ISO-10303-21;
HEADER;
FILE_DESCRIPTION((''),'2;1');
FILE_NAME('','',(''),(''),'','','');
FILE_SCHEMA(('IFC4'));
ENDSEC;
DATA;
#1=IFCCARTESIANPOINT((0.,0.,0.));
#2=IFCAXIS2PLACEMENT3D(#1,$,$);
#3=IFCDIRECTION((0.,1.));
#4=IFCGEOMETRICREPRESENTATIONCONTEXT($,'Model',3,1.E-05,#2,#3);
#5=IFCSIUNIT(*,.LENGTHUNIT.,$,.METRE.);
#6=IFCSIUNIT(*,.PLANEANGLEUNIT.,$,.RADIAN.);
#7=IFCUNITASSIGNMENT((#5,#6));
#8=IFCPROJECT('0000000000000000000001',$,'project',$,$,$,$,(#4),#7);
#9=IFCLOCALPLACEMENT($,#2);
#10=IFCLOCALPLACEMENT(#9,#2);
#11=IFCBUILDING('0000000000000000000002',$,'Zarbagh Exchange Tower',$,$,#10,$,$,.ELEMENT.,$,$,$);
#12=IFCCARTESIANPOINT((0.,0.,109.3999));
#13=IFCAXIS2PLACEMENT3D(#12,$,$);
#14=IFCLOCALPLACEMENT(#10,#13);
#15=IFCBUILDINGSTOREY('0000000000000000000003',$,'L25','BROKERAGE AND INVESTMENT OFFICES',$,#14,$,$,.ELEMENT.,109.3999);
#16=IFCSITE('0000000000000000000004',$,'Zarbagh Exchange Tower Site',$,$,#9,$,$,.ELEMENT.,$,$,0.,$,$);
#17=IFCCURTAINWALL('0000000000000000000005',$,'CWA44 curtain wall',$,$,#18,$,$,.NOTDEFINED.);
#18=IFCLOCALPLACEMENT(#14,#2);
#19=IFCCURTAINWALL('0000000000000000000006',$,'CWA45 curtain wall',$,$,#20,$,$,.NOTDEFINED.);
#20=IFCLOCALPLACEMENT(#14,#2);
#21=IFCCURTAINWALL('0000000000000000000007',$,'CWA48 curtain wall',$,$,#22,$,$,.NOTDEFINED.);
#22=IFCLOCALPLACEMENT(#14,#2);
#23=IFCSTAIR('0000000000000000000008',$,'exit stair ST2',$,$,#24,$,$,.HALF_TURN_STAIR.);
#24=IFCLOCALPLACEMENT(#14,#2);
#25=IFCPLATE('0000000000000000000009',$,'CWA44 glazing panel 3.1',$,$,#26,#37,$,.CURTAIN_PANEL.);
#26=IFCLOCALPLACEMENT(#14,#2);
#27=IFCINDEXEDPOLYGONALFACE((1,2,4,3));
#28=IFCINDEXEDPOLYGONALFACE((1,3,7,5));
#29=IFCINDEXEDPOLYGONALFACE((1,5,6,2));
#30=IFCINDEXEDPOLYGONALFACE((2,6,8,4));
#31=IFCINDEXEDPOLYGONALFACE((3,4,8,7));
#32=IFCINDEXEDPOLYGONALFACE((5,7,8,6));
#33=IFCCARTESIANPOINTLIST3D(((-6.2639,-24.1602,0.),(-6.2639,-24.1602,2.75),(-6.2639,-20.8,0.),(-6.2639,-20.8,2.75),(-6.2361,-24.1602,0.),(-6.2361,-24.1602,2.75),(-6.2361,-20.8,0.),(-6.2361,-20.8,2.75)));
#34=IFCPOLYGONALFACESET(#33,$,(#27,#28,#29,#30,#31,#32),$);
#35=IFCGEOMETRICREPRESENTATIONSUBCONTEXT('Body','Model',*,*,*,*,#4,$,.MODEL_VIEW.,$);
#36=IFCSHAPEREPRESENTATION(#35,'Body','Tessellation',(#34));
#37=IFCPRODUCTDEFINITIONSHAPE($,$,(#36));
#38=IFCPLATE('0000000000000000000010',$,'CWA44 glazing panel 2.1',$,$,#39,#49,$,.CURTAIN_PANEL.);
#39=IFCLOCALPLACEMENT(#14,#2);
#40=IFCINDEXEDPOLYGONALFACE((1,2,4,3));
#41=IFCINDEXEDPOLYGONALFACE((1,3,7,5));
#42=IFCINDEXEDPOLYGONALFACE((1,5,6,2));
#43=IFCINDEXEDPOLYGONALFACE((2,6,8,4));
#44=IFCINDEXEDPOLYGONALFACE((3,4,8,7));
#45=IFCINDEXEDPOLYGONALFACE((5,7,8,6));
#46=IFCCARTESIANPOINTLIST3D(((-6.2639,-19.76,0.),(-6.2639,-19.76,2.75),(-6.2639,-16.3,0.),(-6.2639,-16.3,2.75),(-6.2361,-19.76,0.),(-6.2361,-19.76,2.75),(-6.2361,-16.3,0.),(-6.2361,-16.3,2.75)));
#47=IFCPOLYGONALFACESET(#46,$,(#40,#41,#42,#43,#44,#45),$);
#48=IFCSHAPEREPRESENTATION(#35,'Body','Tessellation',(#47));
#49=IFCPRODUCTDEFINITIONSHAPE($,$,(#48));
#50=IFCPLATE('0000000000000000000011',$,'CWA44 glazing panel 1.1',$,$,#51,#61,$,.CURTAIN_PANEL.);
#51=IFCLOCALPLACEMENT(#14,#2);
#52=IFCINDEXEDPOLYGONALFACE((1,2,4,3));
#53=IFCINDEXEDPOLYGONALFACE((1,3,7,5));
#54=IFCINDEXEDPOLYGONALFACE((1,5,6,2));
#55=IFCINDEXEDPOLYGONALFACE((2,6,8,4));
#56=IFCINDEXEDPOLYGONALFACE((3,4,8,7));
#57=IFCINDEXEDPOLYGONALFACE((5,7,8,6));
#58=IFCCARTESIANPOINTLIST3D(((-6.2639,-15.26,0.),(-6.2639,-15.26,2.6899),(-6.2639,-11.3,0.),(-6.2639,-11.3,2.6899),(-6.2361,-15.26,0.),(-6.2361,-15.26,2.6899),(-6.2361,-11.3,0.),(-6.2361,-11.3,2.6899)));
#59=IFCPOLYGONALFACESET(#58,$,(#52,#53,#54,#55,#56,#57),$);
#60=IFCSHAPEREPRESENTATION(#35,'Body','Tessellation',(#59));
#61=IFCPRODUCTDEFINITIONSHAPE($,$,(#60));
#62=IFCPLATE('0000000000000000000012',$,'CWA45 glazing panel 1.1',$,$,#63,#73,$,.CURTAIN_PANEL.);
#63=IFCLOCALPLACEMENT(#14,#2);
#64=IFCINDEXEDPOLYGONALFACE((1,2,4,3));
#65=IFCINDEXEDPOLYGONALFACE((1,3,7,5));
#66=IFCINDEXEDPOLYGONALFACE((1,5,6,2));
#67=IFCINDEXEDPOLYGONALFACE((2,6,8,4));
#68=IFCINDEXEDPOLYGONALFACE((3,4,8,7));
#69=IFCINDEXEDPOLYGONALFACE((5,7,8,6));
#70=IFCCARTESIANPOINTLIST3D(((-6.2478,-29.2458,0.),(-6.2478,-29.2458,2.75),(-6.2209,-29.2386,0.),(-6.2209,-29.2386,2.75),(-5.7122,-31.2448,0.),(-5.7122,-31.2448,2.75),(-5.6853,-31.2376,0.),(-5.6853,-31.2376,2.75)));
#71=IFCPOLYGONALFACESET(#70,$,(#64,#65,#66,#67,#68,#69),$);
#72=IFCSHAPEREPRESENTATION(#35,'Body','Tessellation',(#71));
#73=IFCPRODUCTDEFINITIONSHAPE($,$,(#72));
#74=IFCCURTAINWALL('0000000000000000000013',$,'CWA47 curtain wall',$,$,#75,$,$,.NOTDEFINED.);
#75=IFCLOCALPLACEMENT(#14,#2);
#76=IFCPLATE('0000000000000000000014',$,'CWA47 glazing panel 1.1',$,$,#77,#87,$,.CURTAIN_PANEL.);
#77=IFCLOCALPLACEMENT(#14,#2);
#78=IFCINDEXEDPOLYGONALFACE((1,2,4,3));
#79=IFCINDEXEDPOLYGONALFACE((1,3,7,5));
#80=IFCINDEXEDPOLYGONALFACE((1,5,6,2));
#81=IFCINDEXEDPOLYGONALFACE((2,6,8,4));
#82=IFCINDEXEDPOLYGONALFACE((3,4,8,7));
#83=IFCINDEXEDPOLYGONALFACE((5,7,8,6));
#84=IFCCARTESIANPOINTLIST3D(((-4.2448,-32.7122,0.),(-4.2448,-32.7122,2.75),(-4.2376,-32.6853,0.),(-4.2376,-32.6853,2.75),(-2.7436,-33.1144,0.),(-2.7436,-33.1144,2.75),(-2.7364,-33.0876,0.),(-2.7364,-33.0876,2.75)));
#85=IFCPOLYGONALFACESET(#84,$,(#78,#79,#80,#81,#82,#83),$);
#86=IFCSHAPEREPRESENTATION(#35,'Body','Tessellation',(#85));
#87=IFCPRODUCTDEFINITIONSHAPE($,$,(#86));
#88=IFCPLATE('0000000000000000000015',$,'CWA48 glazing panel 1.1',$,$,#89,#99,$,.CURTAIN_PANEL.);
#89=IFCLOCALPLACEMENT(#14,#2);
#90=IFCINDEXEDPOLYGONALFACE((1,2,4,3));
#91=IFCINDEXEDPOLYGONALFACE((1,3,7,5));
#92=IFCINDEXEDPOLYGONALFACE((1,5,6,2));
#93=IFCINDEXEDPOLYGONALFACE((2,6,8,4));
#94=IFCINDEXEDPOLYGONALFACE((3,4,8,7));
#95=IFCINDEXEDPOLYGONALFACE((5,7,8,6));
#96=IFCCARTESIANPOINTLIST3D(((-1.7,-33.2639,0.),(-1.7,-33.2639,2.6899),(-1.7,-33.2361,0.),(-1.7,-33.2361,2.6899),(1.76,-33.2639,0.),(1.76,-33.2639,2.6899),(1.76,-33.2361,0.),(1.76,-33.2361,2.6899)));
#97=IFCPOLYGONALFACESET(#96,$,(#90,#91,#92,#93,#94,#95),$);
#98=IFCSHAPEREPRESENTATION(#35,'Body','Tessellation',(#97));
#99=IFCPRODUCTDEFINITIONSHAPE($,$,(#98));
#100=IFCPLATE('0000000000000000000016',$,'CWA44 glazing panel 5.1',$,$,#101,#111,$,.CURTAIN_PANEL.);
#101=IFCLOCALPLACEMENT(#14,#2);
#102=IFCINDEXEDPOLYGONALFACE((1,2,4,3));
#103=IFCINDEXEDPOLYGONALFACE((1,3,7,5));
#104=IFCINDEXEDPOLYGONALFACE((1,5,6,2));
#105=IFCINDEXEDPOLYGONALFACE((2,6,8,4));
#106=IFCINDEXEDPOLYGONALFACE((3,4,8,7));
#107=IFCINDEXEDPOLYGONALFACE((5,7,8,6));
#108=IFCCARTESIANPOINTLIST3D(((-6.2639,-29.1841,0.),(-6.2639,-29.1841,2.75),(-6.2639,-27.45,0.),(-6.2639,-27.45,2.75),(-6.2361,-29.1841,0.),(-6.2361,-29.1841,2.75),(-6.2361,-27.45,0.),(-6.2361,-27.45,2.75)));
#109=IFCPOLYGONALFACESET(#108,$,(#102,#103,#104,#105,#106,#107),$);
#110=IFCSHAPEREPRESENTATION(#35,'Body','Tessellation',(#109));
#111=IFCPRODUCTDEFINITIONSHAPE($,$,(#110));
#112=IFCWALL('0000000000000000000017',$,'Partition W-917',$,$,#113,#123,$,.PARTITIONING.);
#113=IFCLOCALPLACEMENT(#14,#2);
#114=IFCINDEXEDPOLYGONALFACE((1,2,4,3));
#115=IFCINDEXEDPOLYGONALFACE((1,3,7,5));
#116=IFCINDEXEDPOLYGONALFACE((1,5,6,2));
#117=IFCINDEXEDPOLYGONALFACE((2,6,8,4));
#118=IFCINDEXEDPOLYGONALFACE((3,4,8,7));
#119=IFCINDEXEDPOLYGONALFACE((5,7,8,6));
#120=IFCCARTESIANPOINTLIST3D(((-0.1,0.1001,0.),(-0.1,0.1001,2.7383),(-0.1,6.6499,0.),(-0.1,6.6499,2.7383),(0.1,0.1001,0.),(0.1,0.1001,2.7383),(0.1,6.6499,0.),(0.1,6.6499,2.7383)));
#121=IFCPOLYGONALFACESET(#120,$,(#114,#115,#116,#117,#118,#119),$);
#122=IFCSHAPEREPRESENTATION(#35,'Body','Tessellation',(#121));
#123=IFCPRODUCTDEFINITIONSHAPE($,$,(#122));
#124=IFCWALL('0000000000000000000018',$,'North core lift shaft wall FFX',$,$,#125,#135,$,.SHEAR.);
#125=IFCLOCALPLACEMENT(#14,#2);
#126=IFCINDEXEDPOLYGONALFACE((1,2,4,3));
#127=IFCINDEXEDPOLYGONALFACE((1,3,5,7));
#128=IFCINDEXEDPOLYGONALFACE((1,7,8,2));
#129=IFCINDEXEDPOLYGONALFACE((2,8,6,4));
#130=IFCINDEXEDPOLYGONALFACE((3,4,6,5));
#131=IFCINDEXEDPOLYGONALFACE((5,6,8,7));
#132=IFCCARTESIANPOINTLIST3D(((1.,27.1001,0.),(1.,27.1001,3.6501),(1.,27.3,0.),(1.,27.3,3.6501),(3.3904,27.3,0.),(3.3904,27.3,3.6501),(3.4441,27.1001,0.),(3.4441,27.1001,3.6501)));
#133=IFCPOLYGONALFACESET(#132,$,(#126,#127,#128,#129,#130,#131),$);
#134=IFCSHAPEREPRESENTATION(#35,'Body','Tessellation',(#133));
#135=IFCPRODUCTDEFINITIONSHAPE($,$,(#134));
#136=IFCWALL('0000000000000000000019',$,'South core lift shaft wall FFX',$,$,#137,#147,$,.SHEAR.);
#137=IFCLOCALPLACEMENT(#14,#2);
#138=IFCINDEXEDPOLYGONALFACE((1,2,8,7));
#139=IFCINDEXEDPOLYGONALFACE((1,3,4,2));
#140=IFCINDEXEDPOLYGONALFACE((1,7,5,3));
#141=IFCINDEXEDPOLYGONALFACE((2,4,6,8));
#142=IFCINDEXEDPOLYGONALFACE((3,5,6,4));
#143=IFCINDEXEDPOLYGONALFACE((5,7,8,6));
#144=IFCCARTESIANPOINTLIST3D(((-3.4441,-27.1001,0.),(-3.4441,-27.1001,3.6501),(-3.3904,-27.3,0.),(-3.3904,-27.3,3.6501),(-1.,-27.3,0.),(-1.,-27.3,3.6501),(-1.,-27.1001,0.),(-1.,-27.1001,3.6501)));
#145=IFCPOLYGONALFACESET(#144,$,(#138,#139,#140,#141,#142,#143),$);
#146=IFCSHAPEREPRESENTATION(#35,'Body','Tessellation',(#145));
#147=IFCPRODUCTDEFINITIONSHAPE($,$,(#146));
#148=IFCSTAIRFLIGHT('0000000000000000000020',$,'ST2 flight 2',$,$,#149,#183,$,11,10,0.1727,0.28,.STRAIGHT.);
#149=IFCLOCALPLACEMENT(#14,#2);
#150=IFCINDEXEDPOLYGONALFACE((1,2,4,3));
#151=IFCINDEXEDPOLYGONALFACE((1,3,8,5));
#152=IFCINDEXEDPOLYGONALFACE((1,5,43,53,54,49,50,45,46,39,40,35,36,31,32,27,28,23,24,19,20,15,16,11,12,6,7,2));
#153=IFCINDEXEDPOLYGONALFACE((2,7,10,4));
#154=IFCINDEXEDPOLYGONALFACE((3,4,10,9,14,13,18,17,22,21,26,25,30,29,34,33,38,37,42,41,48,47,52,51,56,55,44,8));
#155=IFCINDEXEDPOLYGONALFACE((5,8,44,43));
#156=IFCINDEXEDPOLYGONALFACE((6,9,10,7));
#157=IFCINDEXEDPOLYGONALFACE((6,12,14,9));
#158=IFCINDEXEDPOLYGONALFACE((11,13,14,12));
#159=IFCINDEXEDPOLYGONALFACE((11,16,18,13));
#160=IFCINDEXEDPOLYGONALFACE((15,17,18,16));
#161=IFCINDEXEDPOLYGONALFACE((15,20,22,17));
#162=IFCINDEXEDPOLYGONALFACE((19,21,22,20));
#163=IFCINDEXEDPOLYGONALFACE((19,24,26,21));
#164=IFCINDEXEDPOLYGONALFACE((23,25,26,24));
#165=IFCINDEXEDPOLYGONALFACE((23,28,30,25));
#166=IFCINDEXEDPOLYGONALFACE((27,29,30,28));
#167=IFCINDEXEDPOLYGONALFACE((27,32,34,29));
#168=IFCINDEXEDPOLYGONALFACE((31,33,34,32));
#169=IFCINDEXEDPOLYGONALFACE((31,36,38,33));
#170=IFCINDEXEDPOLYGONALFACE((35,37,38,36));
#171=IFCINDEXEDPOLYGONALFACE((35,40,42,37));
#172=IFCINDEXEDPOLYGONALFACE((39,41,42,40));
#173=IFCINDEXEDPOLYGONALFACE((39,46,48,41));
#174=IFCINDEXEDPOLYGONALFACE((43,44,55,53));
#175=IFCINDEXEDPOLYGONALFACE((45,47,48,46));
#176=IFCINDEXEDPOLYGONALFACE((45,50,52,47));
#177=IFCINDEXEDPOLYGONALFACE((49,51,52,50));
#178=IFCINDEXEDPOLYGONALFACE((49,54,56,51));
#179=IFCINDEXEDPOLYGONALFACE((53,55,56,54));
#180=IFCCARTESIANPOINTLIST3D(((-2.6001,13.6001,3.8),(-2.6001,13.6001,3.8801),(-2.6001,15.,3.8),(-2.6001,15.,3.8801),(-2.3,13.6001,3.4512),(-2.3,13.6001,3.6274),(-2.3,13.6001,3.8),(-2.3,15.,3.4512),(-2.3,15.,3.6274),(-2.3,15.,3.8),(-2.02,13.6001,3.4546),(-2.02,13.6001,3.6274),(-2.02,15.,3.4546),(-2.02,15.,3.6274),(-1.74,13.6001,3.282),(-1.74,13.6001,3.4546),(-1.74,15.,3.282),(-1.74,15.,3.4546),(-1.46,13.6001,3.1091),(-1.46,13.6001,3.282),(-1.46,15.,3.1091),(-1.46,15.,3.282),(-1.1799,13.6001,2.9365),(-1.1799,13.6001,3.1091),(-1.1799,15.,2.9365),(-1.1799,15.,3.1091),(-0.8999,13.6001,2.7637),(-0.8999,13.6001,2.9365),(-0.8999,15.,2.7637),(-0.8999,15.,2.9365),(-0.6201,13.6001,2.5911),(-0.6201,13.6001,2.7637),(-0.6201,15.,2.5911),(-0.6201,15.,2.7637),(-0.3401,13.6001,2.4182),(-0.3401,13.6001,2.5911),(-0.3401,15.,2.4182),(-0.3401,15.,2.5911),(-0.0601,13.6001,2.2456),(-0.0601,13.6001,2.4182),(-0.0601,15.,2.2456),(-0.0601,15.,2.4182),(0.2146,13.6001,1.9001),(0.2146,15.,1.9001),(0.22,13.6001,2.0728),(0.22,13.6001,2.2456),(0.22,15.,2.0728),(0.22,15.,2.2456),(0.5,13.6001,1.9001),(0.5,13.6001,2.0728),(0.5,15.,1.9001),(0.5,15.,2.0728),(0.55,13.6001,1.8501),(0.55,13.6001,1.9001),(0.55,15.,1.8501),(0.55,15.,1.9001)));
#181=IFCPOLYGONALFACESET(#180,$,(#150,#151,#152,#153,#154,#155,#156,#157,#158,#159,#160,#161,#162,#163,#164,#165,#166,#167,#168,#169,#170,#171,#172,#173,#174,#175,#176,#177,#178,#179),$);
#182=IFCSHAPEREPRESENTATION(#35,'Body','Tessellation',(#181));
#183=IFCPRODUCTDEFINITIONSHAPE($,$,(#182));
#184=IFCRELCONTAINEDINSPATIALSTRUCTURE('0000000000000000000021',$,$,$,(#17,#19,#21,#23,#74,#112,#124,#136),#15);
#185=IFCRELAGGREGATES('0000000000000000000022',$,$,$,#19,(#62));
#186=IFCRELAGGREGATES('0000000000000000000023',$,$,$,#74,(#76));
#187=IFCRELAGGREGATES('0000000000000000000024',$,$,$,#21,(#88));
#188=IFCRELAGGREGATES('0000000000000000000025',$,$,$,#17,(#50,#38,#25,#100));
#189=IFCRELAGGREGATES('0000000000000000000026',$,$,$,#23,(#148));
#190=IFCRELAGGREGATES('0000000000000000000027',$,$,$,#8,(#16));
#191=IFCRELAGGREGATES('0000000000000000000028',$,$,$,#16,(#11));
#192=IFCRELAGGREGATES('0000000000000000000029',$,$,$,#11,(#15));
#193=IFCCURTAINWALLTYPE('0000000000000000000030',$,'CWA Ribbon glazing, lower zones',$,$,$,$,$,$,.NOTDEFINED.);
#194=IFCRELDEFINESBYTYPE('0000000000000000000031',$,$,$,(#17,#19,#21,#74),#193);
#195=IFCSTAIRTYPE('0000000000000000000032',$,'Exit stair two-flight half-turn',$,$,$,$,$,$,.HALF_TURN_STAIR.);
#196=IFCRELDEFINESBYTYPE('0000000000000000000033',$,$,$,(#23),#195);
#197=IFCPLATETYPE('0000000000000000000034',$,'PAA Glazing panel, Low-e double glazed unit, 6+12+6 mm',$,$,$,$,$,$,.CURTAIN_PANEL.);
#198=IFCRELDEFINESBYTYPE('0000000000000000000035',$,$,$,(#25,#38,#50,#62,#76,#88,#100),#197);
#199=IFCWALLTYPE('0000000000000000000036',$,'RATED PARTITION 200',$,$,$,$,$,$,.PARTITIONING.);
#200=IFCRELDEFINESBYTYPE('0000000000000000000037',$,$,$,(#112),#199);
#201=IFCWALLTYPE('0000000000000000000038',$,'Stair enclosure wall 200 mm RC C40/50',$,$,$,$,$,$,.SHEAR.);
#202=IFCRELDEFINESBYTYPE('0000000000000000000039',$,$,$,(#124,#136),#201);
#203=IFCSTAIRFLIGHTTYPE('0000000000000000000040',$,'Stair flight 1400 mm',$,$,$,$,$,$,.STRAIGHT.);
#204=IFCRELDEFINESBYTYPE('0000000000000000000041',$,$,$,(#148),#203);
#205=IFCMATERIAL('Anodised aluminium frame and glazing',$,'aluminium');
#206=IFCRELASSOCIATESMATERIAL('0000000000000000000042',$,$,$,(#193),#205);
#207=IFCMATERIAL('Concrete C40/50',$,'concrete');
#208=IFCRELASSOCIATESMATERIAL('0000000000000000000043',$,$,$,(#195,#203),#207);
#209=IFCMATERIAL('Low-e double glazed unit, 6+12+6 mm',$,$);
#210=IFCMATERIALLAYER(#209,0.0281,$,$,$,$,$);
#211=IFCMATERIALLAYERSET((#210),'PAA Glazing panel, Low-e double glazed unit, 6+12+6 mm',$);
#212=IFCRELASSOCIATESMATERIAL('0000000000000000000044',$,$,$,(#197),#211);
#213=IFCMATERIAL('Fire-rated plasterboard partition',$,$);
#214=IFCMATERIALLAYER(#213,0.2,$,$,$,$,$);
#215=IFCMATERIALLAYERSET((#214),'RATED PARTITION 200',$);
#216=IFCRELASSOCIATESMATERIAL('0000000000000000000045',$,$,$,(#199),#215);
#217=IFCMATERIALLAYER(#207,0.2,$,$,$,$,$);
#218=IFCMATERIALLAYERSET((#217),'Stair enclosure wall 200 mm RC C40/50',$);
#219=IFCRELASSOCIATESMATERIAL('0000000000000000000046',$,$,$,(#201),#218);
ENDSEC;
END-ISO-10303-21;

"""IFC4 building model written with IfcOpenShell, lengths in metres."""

from ifc_helpers import new_model, si_unit, direction, frame, frame_2d, origin, place, context, subcontext, project, spatial, polyline, rectangle, outline, extrude, source, transform, mapped, material, layer, layer_set, type_object, element, aggregate, save


model = new_model("IFC4")

# Units and contexts
model_context = context("Model", 3, precision=1e-05, world=origin(), true_north=direction((0.0, 1.0)))
body_context = subcontext(model_context, "Body", "Model", "MODEL_VIEW")
ifc_project = project(units=[si_unit("LENGTHUNIT", "METRE"), si_unit("PLANEANGLEUNIT", "RADIAN")], contexts=[model_context])

# Site, building, storey
site_placement = place(None, origin())
site = spatial("IfcSite", under=ifc_project, at=site_placement, Name="Zarbagh Exchange Tower Site", CompositionType="ELEMENT", RefElevation=0.0)
building_placement = place(site_placement, origin())
building = spatial("IfcBuilding", under=site, at=building_placement, Name="Zarbagh Exchange Tower", CompositionType="ELEMENT")
storey_placement = place(building_placement, frame((0.0, 0.0, 109.3999)))
storey = spatial("IfcBuildingStorey", under=building, at=storey_placement, Name="L25", Description="BROKERAGE AND INVESTMENT OFFICES", CompositionType="ELEMENT", Elevation=109.3999)

# Curtain wall
ifc_material_1 = material(Name="Anodised aluminium frame and glazing", Category="aluminium")
curtain_wall_type = type_object("IfcCurtainWallType", Name="CWA Ribbon glazing, lower zones", PredefinedType="NOTDEFINED", material=ifc_material_1)
curtain_wall_1_placement = place(storey_placement, origin())
curtain_wall_1 = element("IfcCurtainWall", 1, at=curtain_wall_1_placement, inside=storey, type_object=curtain_wall_type, Name="CWA44 curtain wall", PredefinedType="NOTDEFINED")
placement = place(storey_placement, origin())

# Curtain walls
curtain_wall_2_placement = place(storey_placement, origin())
curtain_wall_2 = element("IfcCurtainWall", 2, at=curtain_wall_2_placement, inside=storey, type_object=curtain_wall_type, Name="CWA45 curtain wall", PredefinedType="NOTDEFINED")
curtain_wall_3_placement = place(storey_placement, origin())
curtain_wall_3 = element("IfcCurtainWall", 3, at=curtain_wall_3_placement, inside=storey, type_object=curtain_wall_type, Name="CWA48 curtain wall", PredefinedType="NOTDEFINED")

# Stair
ifc_material_2 = material(Name="Concrete C40/50", Category="concrete")
stair_type = type_object("IfcStairType", Name="Exit stair two-flight half-turn", PredefinedType="HALF_TURN_STAIR", material=ifc_material_2)
stair_1_placement = place(storey_placement, origin())
stair_1 = element("IfcStair", 4, at=stair_1_placement, inside=storey, type_object=stair_type, Name="exit stair ST2", PredefinedType="HALF_TURN_STAIR")

# Shared definitions
ifc_material_3 = material(Name="Low-e double glazed unit, 6+12+6 mm")
ifc_layer_1 = layer(ifc_material_3, 0.0281)
ifc_layer_set_1 = layer_set([ifc_layer_1], Name="PAA Glazing panel, Low-e double glazed unit, 6+12+6 mm")
plate_type = type_object("IfcPlateType", Name="PAA Glazing panel, Low-e double glazed unit, 6+12+6 mm", PredefinedType="CURTAIN_PANEL", material=ifc_layer_set_1)

# Plates
shared_shape_1 = source(origin(), body_context, "Body", "SweptSolid", [
    extrude(outline(polyline([(0.0, -0.0139), (3.3601, -0.0139), (3.3601, 0.0139), (0.0, 0.0139), (0.0, -0.0139)])), origin(), (0.0, 0.0, 1.0), 2.75),
])
plate_1 = element("IfcPlate", 5, at=placement, type_object=plate_type, Name="CWA44 glazing panel 3.1", PredefinedType="CURTAIN_PANEL", context=body_context, shape_type="MappedRepresentation", body=[
    mapped(shared_shape_1, transform((-6.25, -20.8, 0.0), x_axis=(0.0, -1.0, 0.0), y_axis=(1.0, 0.0, 0.0), z_axis=(0.0, 0.0, 1.0))),
])
shared_shape_2 = source(origin(), body_context, "Body", "SweptSolid", [
    extrude(outline(polyline([(0.0, -0.0139), (3.46, -0.0139), (3.46, 0.0139), (0.0, 0.0139), (0.0, -0.0139)])), origin(), (0.0, 0.0, 1.0), 2.75),
])
plate_2 = element("IfcPlate", 6, at=placement, type_object=plate_type, Name="CWA44 glazing panel 2.1", PredefinedType="CURTAIN_PANEL", context=body_context, shape_type="MappedRepresentation", body=[
    mapped(shared_shape_2, transform((-6.25, -16.3, 0.0), x_axis=(0.0, -1.0, 0.0), y_axis=(1.0, 0.0, 0.0), z_axis=(0.0, 0.0, 1.0))),
])
shared_shape_3 = source(origin(), body_context, "Body", "SweptSolid", [
    extrude(outline(polyline([(0.0, -0.0139), (3.96, -0.0139), (3.96, 0.0139), (0.0, 0.0139), (0.0, -0.0139)])), origin(), (0.0, 0.0, 1.0), 2.6899),
])
plate_3 = element("IfcPlate", 7, at=placement, type_object=plate_type, Name="CWA44 glazing panel 1.1", PredefinedType="CURTAIN_PANEL", context=body_context, shape_type="MappedRepresentation", body=[
    mapped(shared_shape_3, transform((-6.25, -11.3, 0.0), x_axis=(0.0, -1.0, 0.0), y_axis=(1.0, 0.0, 0.0), z_axis=(0.0, 0.0, 1.0))),
])
shared_shape_4 = source(origin(), body_context, "Body", "SweptSolid", [
    extrude(outline(polyline([(0.0, -0.0139), (2.0696, -0.0139), (2.0696, 0.0139), (0.0, 0.0139), (0.0, -0.0139)])), origin(), (0.0, 0.0, 1.0), 2.75),
])
plate_4 = element("IfcPlate", 8, at=placement, type_object=plate_type, Name="CWA45 glazing panel 1.1", PredefinedType="CURTAIN_PANEL", context=body_context, shape_type="MappedRepresentation", body=[
    mapped(shared_shape_4, transform((-6.2344, -29.2422, 0.0), x_axis=(0.258825, -0.965924, 0.0), y_axis=(0.965924, 0.258825, 0.0), z_axis=(0.0, 0.0, 1.0))),
])
aggregate(curtain_wall_2, [plate_4])

# Curtain wall, plate
curtain_wall_4_placement = place(storey_placement, origin())
curtain_wall_4 = element("IfcCurtainWall", 9, at=curtain_wall_4_placement, inside=storey, type_object=curtain_wall_type, Name="CWA47 curtain wall", PredefinedType="NOTDEFINED")
shared_shape_5 = source(origin(), body_context, "Body", "SweptSolid", [
    extrude(outline(polyline([(0.0, -0.0139), (1.5542, -0.0139), (1.5542, 0.0139), (0.0, 0.0139), (0.0, -0.0139)])), origin(), (0.0, 0.0, 1.0), 2.75),
])
plate_5 = element("IfcPlate", 10, at=placement, type_object=plate_type, Name="CWA47 glazing panel 1.1", PredefinedType="CURTAIN_PANEL", context=body_context, shape_type="MappedRepresentation", body=[
    mapped(shared_shape_5, transform((-4.2412, -32.6987, 0.0), x_axis=(0.965924, -0.258825, 0.0), y_axis=(0.258825, 0.965924, 0.0), z_axis=(0.0, 0.0, 1.0))),
])
aggregate(curtain_wall_4, [plate_5])

# Plates
shared_shape_6 = source(origin(), body_context, "Body", "SweptSolid", [
    extrude(outline(polyline([(0.0, -0.0139), (3.46, -0.0139), (3.46, 0.0139), (0.0, 0.0139), (0.0, -0.0139)])), origin(), (0.0, 0.0, 1.0), 2.6899),
])
plate_6 = element("IfcPlate", 11, at=placement, type_object=plate_type, Name="CWA48 glazing panel 1.1", PredefinedType="CURTAIN_PANEL", context=body_context, shape_type="MappedRepresentation", body=[
    mapped(shared_shape_6, transform((-1.7, -33.25, 0.0), x_axis=(1.0, 0.0, 0.0), y_axis=(0.0, 1.0, 0.0), z_axis=(0.0, 0.0, 1.0))),
])
aggregate(curtain_wall_3, [plate_6])
shared_shape_7 = source(origin(), body_context, "Body", "SweptSolid", [
    extrude(outline(polyline([(0.0, -0.0139), (1.7341, -0.0139), (1.7341, 0.0139), (0.0, 0.0139), (0.0, -0.0139)])), origin(), (0.0, 0.0, 1.0), 2.75),
])
plate_7 = element("IfcPlate", 12, at=placement, type_object=plate_type, Name="CWA44 glazing panel 5.1", PredefinedType="CURTAIN_PANEL", context=body_context, shape_type="MappedRepresentation", body=[
    mapped(shared_shape_7, transform((-6.25, -27.45, 0.0), x_axis=(0.0, -1.0, 0.0), y_axis=(1.0, 0.0, 0.0), z_axis=(0.0, 0.0, 1.0))),
])
aggregate(curtain_wall_1, [plate_3, plate_2, plate_1, plate_7])

# Walls
ifc_material_4 = material(Name="Fire-rated plasterboard partition")
ifc_layer_2 = layer(ifc_material_4, 0.2)
ifc_layer_set_2 = layer_set([ifc_layer_2], Name="RATED PARTITION 200")
wall_type_1 = type_object("IfcWallType", Name="RATED PARTITION 200", PredefinedType="PARTITIONING", material=ifc_layer_set_2)
wall_1_placement = place(storey_placement, frame((0.0, 0.1001, 0.0), z_axis=(0.0, 0.0, 1.0), x_axis=(0.0, 1.0, 0.0)))
element("IfcWall", 13, at=wall_1_placement, inside=storey, type_object=wall_type_1, Name="Partition W-917", PredefinedType="PARTITIONING", context=body_context, shape_type="SweptSolid", body=[
    extrude(rectangle(XDim=6.5498, YDim=0.2, at=frame_2d((3.2749, 0.0))), origin(), (0.0, 0.0, 1.0), 2.7383),
])
ifc_layer_3 = layer(ifc_material_2, 0.2)
ifc_layer_set_3 = layer_set([ifc_layer_3], Name="Stair enclosure wall 200 mm RC C40/50")
wall_type_2 = type_object("IfcWallType", Name="Stair enclosure wall 200 mm RC C40/50", PredefinedType="SHEAR", material=ifc_layer_set_3)
wall_2_placement = place(storey_placement, origin())
element("IfcWall", 14, at=wall_2_placement, inside=storey, type_object=wall_type_2, Name="North core lift shaft wall FFX", PredefinedType="SHEAR", context=body_context, shape_type="SweptSolid", body=[
    extrude(outline(polyline([(1.0, 27.1001), (3.4441, 27.1001), (3.3904, 27.3), (1.0, 27.3), (1.0, 27.1001)])), origin(), (0.0, 0.0, 1.0), 3.6501),
])
wall_3_placement = place(storey_placement, origin())
element("IfcWall", 15, at=wall_3_placement, inside=storey, type_object=wall_type_2, Name="South core lift shaft wall FFX", PredefinedType="SHEAR", context=body_context, shape_type="SweptSolid", body=[
    extrude(outline(polyline([(-1.0, -27.1001), (-3.4441, -27.1001), (-3.3904, -27.3), (-1.0, -27.3), (-1.0, -27.1001)])), origin(), (0.0, 0.0, 1.0), 3.6501),
])

# Stair flight
stair_flight_type = type_object("IfcStairFlightType", Name="Stair flight 1400 mm", PredefinedType="STRAIGHT", material=ifc_material_2)
stair_flight_placement = place(storey_placement, frame((0.5, 14.3, 1.9001), z_axis=(0.0, 0.0, 1.0), x_axis=(-1.0, 0.0, 0.0)))
stair_flight = element("IfcStairFlight", 16, at=stair_flight_placement, type_object=stair_flight_type, Name="ST2 flight 2", NumberOfRisers=11, NumberOfTreads=10, PredefinedType="STRAIGHT", RiserHeight=0.1727, TreadLength=0.28, context=body_context, shape_type="SweptSolid", body=[
    extrude(outline(polyline([(-0.05, -0.05), (-0.05, 0.0), (0.0, 0.0), (0.0, 0.1726), (0.28, 0.1726), (0.28, 0.3455), (0.5601, 0.3455), (0.5601, 0.5181), (0.8401, 0.5181), (0.8401, 0.6909), (1.1201, 0.6909), (1.1201, 0.8635), (1.3999, 0.8635), (1.3999, 1.0364), (1.6799, 1.0364), (1.6799, 1.209), (1.96, 1.209), (1.96, 1.3818), (2.24, 1.3818), (2.24, 1.5544), (2.52, 1.5544), (2.52, 1.7273), (2.8, 1.7273), (2.8, 1.8999), (3.1001, 1.98), (3.1001, 1.8999), (2.8, 1.551), (0.2854, 0.0), (-0.05, -0.05)])), frame((0.0, 0.7, 0.0), z_axis=(0.0, -1.0, 0.0), x_axis=(1.0, 0.0, 0.0)), (0.0, 0.0, 1.0), 1.3999),
])
aggregate(stair_1, [stair_flight])

save(model, "model.ifc")
